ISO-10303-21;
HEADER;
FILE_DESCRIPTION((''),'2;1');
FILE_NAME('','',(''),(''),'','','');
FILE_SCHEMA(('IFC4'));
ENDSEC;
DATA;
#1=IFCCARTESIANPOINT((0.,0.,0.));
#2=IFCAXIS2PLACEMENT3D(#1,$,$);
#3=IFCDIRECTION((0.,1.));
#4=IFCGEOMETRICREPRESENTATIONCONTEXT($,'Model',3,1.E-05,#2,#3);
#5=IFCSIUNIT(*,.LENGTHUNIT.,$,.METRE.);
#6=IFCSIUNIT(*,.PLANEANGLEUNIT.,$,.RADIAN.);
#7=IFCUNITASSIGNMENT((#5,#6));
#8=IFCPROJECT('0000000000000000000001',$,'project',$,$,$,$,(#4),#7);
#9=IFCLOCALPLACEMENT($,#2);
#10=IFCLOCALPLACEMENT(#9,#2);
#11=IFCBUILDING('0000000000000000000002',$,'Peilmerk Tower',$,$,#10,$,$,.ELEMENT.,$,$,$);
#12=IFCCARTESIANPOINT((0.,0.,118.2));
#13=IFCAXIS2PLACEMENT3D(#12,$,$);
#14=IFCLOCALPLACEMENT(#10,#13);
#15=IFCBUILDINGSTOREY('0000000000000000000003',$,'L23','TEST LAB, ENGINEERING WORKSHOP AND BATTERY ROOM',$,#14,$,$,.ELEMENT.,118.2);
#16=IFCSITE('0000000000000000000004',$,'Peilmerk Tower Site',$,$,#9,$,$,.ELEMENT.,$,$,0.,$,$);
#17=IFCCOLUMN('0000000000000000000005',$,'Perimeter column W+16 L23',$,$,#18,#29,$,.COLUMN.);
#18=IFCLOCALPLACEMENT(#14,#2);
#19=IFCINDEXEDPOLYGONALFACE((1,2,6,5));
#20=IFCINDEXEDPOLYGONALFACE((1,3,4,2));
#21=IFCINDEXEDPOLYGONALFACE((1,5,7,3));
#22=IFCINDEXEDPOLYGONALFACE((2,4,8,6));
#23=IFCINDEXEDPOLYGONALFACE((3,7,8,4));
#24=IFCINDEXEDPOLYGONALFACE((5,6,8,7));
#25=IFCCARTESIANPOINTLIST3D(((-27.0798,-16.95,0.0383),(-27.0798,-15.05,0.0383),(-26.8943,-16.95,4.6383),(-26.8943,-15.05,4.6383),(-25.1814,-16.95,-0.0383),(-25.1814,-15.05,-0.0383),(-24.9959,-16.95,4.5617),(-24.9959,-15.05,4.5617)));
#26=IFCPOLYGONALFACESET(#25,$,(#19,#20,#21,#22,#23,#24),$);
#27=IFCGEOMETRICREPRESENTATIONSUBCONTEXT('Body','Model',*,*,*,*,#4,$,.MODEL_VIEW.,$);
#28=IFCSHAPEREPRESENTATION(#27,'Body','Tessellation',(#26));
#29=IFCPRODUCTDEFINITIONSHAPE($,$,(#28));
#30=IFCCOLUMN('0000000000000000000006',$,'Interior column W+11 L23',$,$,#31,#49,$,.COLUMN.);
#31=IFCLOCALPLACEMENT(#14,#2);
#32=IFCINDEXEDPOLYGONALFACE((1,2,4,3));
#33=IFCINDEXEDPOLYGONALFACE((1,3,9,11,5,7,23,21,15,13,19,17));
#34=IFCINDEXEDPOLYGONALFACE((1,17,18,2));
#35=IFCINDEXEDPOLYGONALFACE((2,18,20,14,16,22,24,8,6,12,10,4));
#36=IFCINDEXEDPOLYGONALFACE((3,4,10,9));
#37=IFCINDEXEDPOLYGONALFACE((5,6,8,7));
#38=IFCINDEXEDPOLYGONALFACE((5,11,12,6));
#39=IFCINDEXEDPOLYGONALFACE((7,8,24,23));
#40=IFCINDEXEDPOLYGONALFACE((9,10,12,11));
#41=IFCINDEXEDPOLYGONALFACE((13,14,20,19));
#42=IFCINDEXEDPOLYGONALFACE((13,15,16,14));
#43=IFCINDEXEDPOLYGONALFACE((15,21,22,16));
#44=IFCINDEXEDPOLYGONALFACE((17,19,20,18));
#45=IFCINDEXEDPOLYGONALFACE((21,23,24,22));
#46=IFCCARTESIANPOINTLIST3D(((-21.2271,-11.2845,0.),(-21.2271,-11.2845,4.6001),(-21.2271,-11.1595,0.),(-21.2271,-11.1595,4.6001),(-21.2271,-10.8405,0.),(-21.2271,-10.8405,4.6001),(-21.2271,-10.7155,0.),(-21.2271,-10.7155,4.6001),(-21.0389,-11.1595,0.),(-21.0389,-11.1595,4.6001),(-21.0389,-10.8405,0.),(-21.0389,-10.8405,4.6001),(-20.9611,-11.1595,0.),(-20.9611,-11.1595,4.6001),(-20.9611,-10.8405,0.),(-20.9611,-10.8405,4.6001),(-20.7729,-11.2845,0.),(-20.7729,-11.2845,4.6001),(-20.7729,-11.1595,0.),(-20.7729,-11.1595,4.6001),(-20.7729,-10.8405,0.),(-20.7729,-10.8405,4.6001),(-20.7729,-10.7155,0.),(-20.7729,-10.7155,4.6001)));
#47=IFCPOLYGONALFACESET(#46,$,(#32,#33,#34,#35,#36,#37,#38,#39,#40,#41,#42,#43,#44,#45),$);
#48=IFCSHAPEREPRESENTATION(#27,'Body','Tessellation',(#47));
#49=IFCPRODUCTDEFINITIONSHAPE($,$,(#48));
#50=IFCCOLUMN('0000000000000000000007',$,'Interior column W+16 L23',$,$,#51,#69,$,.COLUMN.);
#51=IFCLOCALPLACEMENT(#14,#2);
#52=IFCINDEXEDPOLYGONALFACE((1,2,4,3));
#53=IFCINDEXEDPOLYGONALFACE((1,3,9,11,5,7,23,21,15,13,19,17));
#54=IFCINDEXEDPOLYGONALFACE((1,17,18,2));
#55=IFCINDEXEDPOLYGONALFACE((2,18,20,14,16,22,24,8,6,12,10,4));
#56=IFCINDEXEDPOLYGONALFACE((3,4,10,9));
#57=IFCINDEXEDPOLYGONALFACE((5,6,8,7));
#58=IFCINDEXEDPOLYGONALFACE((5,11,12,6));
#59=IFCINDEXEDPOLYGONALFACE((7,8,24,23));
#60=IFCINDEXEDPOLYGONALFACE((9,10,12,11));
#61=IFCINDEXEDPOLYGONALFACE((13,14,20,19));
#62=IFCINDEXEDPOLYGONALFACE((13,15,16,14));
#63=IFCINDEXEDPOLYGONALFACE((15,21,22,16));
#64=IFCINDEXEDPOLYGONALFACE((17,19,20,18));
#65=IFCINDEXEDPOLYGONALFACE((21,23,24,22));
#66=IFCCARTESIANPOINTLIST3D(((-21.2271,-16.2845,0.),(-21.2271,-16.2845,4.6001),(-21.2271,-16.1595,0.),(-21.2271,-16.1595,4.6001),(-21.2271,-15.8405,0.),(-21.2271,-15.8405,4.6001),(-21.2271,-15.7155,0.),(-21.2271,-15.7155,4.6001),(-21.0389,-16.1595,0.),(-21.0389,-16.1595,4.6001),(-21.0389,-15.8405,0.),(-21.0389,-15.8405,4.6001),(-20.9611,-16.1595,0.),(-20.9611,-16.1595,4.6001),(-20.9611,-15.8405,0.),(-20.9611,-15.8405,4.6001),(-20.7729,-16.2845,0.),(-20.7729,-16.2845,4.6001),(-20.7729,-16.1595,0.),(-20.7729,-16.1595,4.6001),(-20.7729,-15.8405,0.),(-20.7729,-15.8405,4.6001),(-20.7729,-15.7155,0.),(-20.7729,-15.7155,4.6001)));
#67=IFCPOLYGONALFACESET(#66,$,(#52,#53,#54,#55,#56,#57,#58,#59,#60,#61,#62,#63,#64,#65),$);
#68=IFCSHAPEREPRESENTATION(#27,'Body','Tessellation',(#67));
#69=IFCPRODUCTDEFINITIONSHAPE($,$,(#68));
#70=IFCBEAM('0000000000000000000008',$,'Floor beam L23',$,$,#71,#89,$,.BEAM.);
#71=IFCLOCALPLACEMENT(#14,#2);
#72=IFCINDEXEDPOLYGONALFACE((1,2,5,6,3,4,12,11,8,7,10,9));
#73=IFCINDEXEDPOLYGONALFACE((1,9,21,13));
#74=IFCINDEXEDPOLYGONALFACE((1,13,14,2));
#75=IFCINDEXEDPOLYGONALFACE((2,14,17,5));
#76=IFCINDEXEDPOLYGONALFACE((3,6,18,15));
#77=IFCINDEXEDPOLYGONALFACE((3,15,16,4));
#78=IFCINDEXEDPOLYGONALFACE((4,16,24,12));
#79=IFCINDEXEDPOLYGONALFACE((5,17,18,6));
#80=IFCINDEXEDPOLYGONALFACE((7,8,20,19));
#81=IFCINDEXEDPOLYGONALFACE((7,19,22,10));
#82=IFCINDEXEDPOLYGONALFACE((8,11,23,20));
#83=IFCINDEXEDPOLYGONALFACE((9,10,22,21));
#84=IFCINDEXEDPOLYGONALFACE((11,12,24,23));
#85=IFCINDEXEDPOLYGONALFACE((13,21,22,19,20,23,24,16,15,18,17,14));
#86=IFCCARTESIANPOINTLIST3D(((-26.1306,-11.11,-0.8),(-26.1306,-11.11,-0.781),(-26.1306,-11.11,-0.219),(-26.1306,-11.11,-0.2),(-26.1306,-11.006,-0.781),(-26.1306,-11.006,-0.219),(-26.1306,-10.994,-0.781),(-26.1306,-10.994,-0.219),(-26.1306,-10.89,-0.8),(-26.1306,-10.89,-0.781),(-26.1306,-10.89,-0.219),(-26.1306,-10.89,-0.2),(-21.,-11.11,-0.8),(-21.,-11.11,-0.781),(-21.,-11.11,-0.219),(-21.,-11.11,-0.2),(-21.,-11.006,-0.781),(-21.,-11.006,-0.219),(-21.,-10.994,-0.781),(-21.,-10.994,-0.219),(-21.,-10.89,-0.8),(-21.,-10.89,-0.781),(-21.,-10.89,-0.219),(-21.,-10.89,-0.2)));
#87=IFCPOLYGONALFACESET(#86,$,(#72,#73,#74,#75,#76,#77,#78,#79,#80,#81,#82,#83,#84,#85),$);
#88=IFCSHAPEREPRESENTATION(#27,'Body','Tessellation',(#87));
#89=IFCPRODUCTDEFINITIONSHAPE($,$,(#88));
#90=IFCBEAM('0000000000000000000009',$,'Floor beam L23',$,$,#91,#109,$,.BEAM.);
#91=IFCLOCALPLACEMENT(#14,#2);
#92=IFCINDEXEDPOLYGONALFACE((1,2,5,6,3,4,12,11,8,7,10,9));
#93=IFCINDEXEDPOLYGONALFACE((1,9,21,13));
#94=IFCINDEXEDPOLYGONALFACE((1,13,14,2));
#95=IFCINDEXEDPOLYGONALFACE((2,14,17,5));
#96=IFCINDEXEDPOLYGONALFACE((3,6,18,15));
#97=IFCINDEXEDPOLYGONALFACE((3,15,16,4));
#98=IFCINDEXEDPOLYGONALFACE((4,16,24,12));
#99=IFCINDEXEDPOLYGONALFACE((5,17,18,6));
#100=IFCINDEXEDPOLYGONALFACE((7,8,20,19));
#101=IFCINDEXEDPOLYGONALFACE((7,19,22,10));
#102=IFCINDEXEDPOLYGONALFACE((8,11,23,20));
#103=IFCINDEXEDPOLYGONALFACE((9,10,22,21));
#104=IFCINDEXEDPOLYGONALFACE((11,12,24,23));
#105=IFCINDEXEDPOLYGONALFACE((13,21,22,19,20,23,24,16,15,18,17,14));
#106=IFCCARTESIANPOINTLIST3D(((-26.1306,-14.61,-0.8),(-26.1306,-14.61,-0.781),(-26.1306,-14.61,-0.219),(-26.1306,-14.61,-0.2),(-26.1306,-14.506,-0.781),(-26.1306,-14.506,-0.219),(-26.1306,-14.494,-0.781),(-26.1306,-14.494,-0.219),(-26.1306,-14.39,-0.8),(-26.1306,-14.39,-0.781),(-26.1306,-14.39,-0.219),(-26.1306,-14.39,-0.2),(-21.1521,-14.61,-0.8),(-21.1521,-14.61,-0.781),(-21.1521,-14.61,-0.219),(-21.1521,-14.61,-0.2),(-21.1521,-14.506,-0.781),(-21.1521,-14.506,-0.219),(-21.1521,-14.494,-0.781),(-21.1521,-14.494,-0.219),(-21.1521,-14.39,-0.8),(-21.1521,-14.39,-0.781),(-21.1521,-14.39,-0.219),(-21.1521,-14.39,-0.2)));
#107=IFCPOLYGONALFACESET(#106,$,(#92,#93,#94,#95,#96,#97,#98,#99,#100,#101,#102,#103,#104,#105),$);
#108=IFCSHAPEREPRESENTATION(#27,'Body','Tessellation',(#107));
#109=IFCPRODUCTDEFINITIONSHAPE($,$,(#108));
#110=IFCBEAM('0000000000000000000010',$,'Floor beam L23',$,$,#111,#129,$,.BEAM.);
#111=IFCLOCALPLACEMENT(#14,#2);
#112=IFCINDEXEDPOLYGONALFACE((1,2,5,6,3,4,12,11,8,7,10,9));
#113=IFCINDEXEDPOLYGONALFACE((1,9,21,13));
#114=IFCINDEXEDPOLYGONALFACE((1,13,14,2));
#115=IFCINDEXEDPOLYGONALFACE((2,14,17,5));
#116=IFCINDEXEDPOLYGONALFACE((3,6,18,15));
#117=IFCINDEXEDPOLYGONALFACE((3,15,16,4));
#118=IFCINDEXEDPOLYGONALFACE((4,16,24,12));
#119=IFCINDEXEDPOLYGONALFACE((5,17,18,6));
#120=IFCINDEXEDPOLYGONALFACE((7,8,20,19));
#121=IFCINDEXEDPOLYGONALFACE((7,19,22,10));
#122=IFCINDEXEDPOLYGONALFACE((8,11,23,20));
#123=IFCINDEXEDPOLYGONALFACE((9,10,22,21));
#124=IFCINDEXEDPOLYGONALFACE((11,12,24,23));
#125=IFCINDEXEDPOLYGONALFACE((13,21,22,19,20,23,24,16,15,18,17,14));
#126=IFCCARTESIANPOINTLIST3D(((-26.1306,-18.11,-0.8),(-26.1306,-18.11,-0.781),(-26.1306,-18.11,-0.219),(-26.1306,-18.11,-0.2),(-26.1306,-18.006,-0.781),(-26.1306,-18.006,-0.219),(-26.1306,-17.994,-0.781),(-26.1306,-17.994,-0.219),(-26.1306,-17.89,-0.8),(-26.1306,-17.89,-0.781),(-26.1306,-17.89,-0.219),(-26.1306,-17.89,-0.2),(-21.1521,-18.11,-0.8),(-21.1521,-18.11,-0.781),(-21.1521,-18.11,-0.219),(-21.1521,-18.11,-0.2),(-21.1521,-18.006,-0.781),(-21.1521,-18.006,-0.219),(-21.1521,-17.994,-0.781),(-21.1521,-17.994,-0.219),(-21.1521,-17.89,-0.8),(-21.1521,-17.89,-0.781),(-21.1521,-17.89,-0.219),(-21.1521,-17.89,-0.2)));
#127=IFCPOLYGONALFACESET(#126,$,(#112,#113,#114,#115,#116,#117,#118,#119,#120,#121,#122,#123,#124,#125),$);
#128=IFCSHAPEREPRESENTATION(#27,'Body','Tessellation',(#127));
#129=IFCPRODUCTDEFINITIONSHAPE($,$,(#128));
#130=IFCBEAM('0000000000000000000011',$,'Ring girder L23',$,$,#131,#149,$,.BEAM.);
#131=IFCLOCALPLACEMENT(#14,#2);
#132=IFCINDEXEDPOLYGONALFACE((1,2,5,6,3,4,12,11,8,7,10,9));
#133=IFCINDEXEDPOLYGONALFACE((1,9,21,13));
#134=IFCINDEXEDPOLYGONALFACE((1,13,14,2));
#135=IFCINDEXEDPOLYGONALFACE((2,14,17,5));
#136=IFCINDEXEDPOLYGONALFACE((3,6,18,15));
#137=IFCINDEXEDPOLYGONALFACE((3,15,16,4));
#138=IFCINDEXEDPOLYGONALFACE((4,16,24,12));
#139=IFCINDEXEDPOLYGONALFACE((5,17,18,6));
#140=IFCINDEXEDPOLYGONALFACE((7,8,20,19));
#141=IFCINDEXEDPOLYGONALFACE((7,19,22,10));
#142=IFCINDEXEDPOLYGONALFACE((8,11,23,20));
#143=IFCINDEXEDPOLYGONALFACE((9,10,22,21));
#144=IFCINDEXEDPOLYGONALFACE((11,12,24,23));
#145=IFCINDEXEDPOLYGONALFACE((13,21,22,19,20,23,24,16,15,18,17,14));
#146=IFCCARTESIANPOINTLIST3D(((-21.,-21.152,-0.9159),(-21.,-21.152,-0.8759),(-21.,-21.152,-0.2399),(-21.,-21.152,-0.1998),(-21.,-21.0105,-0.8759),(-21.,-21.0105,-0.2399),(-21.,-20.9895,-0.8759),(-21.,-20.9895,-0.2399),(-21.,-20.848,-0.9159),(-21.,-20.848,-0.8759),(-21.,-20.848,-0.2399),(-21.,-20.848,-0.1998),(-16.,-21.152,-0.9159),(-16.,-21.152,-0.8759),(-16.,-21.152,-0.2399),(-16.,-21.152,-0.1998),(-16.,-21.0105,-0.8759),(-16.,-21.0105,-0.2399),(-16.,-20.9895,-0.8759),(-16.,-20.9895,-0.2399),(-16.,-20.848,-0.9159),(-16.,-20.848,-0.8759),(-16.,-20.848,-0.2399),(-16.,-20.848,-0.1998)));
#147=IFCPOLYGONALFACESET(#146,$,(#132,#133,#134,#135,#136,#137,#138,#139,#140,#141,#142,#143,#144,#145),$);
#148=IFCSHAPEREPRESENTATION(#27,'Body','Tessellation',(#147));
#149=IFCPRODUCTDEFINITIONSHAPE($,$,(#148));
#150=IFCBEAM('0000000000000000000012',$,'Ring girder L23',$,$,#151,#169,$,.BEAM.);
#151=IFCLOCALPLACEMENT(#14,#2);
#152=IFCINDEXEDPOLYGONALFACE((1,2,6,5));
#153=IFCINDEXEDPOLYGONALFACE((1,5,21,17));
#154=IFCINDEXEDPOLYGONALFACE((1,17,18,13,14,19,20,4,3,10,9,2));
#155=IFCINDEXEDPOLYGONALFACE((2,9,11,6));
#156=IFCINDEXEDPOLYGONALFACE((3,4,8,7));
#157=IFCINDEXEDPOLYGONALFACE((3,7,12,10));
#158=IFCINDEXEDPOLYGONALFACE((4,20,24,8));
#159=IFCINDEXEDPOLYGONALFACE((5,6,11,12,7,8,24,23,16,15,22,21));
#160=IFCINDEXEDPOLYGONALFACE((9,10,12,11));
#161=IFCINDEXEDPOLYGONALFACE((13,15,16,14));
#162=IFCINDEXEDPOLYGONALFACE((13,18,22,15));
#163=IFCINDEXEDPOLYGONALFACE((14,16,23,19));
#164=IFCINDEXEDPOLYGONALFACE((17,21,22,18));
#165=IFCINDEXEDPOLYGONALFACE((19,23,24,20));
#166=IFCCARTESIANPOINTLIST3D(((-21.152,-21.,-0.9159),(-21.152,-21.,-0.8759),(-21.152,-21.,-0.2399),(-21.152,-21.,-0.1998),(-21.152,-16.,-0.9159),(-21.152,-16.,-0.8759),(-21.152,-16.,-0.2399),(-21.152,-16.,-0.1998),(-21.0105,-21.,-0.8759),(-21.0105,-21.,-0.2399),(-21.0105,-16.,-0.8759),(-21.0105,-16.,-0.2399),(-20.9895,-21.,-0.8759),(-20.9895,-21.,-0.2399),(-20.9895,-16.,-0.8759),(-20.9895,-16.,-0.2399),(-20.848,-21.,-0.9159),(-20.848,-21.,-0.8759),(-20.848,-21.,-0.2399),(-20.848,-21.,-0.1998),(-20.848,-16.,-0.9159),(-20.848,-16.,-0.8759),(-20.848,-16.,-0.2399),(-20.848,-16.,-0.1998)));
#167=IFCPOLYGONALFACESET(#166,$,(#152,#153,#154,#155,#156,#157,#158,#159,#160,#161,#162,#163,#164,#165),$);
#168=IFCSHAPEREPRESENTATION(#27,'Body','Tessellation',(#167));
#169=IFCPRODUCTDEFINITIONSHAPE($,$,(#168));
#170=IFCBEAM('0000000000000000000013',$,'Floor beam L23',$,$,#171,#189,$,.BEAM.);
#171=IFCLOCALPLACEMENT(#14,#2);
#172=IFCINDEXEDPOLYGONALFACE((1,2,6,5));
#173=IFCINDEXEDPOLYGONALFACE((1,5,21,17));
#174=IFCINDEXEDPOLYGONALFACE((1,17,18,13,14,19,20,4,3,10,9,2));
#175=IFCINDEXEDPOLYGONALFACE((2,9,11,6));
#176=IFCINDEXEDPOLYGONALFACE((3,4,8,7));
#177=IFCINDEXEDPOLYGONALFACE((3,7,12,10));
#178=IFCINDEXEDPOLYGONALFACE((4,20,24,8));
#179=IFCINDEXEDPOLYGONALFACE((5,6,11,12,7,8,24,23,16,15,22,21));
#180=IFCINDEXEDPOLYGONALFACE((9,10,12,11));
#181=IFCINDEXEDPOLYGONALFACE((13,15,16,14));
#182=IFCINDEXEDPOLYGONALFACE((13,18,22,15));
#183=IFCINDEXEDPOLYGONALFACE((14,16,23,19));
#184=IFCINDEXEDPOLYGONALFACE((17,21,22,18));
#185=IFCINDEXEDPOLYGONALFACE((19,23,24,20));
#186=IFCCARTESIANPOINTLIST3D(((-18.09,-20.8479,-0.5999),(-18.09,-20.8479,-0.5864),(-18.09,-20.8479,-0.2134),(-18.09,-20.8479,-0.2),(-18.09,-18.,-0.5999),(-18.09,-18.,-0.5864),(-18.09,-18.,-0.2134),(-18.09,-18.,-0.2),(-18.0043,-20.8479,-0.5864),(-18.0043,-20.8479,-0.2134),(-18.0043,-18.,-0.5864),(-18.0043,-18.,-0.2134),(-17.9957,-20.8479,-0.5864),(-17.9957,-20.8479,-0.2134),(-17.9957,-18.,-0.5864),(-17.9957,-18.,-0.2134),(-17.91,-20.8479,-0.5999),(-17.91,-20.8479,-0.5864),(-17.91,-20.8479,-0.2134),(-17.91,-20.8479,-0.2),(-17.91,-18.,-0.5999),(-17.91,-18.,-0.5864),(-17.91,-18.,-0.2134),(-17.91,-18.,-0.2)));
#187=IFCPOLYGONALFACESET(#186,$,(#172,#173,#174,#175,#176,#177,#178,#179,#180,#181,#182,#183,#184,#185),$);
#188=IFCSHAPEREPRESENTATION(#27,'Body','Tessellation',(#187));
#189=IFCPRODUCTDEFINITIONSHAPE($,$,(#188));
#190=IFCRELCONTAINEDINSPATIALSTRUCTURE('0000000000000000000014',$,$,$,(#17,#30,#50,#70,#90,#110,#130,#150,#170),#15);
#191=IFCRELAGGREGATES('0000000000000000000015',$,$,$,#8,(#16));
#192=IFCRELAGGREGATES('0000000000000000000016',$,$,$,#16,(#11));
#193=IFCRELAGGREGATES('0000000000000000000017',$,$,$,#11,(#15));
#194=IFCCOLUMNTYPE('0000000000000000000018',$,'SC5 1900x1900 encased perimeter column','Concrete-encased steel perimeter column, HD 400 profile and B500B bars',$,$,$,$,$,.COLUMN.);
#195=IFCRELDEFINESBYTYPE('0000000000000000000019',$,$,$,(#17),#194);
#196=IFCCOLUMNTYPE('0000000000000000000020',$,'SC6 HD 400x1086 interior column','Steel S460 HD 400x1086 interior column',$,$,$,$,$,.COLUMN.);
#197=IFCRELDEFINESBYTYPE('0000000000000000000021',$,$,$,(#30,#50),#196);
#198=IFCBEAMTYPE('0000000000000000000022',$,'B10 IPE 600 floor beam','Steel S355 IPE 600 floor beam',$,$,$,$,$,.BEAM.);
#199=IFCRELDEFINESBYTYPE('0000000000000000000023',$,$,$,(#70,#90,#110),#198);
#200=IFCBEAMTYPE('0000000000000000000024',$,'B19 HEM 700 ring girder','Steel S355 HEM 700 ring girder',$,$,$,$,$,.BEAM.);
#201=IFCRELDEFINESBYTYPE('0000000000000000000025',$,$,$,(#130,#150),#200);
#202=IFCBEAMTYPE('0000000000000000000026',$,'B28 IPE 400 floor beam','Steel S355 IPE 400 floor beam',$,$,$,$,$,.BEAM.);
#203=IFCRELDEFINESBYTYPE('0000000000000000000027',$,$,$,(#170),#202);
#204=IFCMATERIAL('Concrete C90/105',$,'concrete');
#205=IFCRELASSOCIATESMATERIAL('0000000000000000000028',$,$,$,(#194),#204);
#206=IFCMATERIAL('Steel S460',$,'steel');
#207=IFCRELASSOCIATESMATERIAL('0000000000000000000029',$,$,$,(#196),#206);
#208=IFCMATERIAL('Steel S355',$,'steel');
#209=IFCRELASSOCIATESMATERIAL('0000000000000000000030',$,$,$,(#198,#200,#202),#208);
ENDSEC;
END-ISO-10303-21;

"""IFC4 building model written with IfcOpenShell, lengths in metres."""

from ifc_helpers import new_model, si_unit, direction, frame, origin, origin_2d, place, context, subcontext, project, spatial, rectangle, i_section, extrude, material, material_profile, profile_set, type_object, element, save


model = new_model("IFC4")

# Units and contexts
model_context = context("Model", 3, precision=1e-05, world=origin(), true_north=direction((0.0, 1.0)))
body_context = subcontext(model_context, "Body", "Model", "MODEL_VIEW")
ifc_project = project(units=[si_unit("LENGTHUNIT", "METRE"), si_unit("PLANEANGLEUNIT", "RADIAN")], contexts=[model_context])

# Site, building, storey
site_placement = place(None, origin())
site = spatial("IfcSite", under=ifc_project, at=site_placement, Name="Peilmerk Tower Site", CompositionType="ELEMENT", RefElevation=0.0)
building_placement = place(site_placement, origin())
building = spatial("IfcBuilding", under=site, at=building_placement, Name="Peilmerk Tower", CompositionType="ELEMENT")
storey_placement = place(building_placement, frame((0.0, 0.0, 118.2)))
storey = spatial("IfcBuildingStorey", under=building, at=storey_placement, Name="L23", Description="TEST LAB, ENGINEERING WORKSHOP AND BATTERY ROOM", CompositionType="ELEMENT", Elevation=118.2)

# Columns
ifc_material_1 = material(Name="Concrete C90/105", Category="concrete")
ifc_material_profile_1 = material_profile(ifc_material_1, rectangle(XDim=1.8999, YDim=1.8999, at=origin_2d()), Name="RC 1900x1900")
ifc_profile_set_1 = profile_set([ifc_material_profile_1], Name="Concrete C90/105")
column_type_1 = type_object("IfcColumnType", Name="SC5 1900x1900 encased perimeter column", Description="Concrete-encased steel perimeter column, HD 400 profile and B500B bars", PredefinedType="COLUMN", material=ifc_profile_set_1)
column_placement = place(storey_placement, frame((-26.1306, -16.0, 0.0), z_axis=(0.040303, 0.0, 0.999188), x_axis=(0.0, 1.0, 0.0)))
element("IfcColumn", 1, at=column_placement, inside=storey, type_object=column_type_1, Name="Perimeter column W+16 L23", PredefinedType="COLUMN", context=body_context, shape_type="SweptSolid", body=[
    extrude(rectangle(XDim=1.8999, YDim=1.8999, at=origin_2d()), origin(), (0.0, 0.0, 1.0), 4.6038),
])
ifc_material_2 = material(Name="Steel S460", Category="steel")
ifc_material_profile_2 = material_profile(ifc_material_2, i_section(OverallWidth=0.4541, OverallDepth=0.5691, WebThickness=0.0779, FlangeThickness=0.125, at=origin_2d()), Name="HD 400x1086")
ifc_profile_set_2 = profile_set([ifc_material_profile_2], Name="Steel S460")
column_type_2 = type_object("IfcColumnType", Name="SC6 HD 400x1086 interior column", Description="Steel S460 HD 400x1086 interior column", PredefinedType="COLUMN", material=ifc_profile_set_2)
for number, where, z_axis, x_axis, name in (
    (2, (-21.0, -11.0, 0.0), (0.0, 0.0, 1.0), (1.0, 0.0, 0.0), "Interior column W+11 L23"),
    (3, (-21.0, -16.0, 0.0), (0.0, 0.0, 1.0), (1.0, 0.0, 0.0), "Interior column W+16 L23"),
):
    element("IfcColumn", number, at=place(storey_placement, frame(where, z_axis=z_axis, x_axis=x_axis)), inside=storey, type_object=column_type_2, Name=name, PredefinedType="COLUMN", context=body_context, shape_type="SweptSolid", body=[
        extrude(i_section(OverallWidth=0.4541, OverallDepth=0.5691, WebThickness=0.0779, FlangeThickness=0.125, at=origin_2d()), origin(), (0.0, 0.0, 1.0), 4.6001),
    ])

# Beams
ifc_material_3 = material(Name="Steel S355", Category="steel")
ifc_material_profile_3 = material_profile(ifc_material_3, i_section(OverallWidth=0.22, OverallDepth=0.6001, WebThickness=0.012, FlangeThickness=0.019, at=origin_2d()), Name="IPE 600")
ifc_profile_set_3 = profile_set([ifc_material_profile_3], Name="Steel S355")
beam_type_1 = type_object("IfcBeamType", Name="B10 IPE 600 floor beam", Description="Steel S355 IPE 600 floor beam", PredefinedType="BEAM", material=ifc_profile_set_3)
beam_1_placement = place(storey_placement, frame((-21.0, -11.0, -0.5), z_axis=(-1.0, 0.0, 0.0), x_axis=(0.0, -1.0, 0.0)))
element("IfcBeam", 4, at=beam_1_placement, inside=storey, type_object=beam_type_1, Name="Floor beam L23", PredefinedType="BEAM", context=body_context, shape_type="SweptSolid", body=[
    extrude(i_section(OverallWidth=0.22, OverallDepth=0.6001, WebThickness=0.012, FlangeThickness=0.019, at=origin_2d()), origin(), (0.0, 0.0, 1.0), 5.1306),
])
for number, where, z_axis, x_axis, name in (
    (5, (-21.1521, -14.5, -0.5), (-1.0, 0.0, 0.0), (0.0, -1.0, 0.0), "Floor beam L23"),
    (6, (-21.1521, -18.0, -0.5), (-1.0, 0.0, 0.0), (0.0, -1.0, 0.0), "Floor beam L23"),
):
    element("IfcBeam", number, at=place(storey_placement, frame(where, z_axis=z_axis, x_axis=x_axis)), inside=storey, type_object=beam_type_1, Name=name, PredefinedType="BEAM", context=body_context, shape_type="SweptSolid", body=[
        extrude(i_section(OverallWidth=0.22, OverallDepth=0.6001, WebThickness=0.012, FlangeThickness=0.019, at=origin_2d()), origin(), (0.0, 0.0, 1.0), 4.9785),
    ])
ifc_material_profile_4 = material_profile(ifc_material_3, i_section(OverallWidth=0.304, OverallDepth=0.7161, WebThickness=0.021, FlangeThickness=0.04, at=origin_2d()), Name="HEM 700")
ifc_profile_set_4 = profile_set([ifc_material_profile_4], Name="Steel S355")
beam_type_2 = type_object("IfcBeamType", Name="B19 HEM 700 ring girder", Description="Steel S355 HEM 700 ring girder", PredefinedType="BEAM", material=ifc_profile_set_4)
for number, where, z_axis, x_axis, name in (
    (7, (-21.0, -21.0, -0.5579), (1.0, 0.0, 0.0), (0.0, 1.0, 0.0), "Ring girder L23"),
    (8, (-21.0, -16.0, -0.5579), (0.0, -1.0, 0.0), (1.0, 0.0, 0.0), "Ring girder L23"),
):
    element("IfcBeam", number, at=place(storey_placement, frame(where, z_axis=z_axis, x_axis=x_axis)), inside=storey, type_object=beam_type_2, Name=name, PredefinedType="BEAM", context=body_context, shape_type="SweptSolid", body=[
        extrude(i_section(OverallWidth=0.304, OverallDepth=0.7161, WebThickness=0.021, FlangeThickness=0.04, at=origin_2d()), origin(), (0.0, 0.0, 1.0), 5.0),
    ])
ifc_material_profile_5 = material_profile(ifc_material_3, i_section(OverallWidth=0.1799, OverallDepth=0.3999, WebThickness=0.0085, FlangeThickness=0.0134, at=origin_2d()), Name="IPE 400")
ifc_profile_set_5 = profile_set([ifc_material_profile_5], Name="Steel S355")
beam_type_3 = type_object("IfcBeamType", Name="B28 IPE 400 floor beam", Description="Steel S355 IPE 400 floor beam", PredefinedType="BEAM", material=ifc_profile_set_5)
for number, where, z_axis, x_axis, name in (
    (9, (-18.0, -18.0, -0.3999), (0.0, -1.0, 0.0), (1.0, 0.0, 0.0), "Floor beam L23"),
):
    element("IfcBeam", number, at=place(storey_placement, frame(where, z_axis=z_axis, x_axis=x_axis)), inside=storey, type_object=beam_type_3, Name=name, PredefinedType="BEAM", context=body_context, shape_type="SweptSolid", body=[
        extrude(i_section(OverallWidth=0.1799, OverallDepth=0.3999, WebThickness=0.0085, FlangeThickness=0.0134, at=origin_2d()), origin(), (0.0, 0.0, 1.0), 2.8479),
    ])

save(model, "model.ifc")
